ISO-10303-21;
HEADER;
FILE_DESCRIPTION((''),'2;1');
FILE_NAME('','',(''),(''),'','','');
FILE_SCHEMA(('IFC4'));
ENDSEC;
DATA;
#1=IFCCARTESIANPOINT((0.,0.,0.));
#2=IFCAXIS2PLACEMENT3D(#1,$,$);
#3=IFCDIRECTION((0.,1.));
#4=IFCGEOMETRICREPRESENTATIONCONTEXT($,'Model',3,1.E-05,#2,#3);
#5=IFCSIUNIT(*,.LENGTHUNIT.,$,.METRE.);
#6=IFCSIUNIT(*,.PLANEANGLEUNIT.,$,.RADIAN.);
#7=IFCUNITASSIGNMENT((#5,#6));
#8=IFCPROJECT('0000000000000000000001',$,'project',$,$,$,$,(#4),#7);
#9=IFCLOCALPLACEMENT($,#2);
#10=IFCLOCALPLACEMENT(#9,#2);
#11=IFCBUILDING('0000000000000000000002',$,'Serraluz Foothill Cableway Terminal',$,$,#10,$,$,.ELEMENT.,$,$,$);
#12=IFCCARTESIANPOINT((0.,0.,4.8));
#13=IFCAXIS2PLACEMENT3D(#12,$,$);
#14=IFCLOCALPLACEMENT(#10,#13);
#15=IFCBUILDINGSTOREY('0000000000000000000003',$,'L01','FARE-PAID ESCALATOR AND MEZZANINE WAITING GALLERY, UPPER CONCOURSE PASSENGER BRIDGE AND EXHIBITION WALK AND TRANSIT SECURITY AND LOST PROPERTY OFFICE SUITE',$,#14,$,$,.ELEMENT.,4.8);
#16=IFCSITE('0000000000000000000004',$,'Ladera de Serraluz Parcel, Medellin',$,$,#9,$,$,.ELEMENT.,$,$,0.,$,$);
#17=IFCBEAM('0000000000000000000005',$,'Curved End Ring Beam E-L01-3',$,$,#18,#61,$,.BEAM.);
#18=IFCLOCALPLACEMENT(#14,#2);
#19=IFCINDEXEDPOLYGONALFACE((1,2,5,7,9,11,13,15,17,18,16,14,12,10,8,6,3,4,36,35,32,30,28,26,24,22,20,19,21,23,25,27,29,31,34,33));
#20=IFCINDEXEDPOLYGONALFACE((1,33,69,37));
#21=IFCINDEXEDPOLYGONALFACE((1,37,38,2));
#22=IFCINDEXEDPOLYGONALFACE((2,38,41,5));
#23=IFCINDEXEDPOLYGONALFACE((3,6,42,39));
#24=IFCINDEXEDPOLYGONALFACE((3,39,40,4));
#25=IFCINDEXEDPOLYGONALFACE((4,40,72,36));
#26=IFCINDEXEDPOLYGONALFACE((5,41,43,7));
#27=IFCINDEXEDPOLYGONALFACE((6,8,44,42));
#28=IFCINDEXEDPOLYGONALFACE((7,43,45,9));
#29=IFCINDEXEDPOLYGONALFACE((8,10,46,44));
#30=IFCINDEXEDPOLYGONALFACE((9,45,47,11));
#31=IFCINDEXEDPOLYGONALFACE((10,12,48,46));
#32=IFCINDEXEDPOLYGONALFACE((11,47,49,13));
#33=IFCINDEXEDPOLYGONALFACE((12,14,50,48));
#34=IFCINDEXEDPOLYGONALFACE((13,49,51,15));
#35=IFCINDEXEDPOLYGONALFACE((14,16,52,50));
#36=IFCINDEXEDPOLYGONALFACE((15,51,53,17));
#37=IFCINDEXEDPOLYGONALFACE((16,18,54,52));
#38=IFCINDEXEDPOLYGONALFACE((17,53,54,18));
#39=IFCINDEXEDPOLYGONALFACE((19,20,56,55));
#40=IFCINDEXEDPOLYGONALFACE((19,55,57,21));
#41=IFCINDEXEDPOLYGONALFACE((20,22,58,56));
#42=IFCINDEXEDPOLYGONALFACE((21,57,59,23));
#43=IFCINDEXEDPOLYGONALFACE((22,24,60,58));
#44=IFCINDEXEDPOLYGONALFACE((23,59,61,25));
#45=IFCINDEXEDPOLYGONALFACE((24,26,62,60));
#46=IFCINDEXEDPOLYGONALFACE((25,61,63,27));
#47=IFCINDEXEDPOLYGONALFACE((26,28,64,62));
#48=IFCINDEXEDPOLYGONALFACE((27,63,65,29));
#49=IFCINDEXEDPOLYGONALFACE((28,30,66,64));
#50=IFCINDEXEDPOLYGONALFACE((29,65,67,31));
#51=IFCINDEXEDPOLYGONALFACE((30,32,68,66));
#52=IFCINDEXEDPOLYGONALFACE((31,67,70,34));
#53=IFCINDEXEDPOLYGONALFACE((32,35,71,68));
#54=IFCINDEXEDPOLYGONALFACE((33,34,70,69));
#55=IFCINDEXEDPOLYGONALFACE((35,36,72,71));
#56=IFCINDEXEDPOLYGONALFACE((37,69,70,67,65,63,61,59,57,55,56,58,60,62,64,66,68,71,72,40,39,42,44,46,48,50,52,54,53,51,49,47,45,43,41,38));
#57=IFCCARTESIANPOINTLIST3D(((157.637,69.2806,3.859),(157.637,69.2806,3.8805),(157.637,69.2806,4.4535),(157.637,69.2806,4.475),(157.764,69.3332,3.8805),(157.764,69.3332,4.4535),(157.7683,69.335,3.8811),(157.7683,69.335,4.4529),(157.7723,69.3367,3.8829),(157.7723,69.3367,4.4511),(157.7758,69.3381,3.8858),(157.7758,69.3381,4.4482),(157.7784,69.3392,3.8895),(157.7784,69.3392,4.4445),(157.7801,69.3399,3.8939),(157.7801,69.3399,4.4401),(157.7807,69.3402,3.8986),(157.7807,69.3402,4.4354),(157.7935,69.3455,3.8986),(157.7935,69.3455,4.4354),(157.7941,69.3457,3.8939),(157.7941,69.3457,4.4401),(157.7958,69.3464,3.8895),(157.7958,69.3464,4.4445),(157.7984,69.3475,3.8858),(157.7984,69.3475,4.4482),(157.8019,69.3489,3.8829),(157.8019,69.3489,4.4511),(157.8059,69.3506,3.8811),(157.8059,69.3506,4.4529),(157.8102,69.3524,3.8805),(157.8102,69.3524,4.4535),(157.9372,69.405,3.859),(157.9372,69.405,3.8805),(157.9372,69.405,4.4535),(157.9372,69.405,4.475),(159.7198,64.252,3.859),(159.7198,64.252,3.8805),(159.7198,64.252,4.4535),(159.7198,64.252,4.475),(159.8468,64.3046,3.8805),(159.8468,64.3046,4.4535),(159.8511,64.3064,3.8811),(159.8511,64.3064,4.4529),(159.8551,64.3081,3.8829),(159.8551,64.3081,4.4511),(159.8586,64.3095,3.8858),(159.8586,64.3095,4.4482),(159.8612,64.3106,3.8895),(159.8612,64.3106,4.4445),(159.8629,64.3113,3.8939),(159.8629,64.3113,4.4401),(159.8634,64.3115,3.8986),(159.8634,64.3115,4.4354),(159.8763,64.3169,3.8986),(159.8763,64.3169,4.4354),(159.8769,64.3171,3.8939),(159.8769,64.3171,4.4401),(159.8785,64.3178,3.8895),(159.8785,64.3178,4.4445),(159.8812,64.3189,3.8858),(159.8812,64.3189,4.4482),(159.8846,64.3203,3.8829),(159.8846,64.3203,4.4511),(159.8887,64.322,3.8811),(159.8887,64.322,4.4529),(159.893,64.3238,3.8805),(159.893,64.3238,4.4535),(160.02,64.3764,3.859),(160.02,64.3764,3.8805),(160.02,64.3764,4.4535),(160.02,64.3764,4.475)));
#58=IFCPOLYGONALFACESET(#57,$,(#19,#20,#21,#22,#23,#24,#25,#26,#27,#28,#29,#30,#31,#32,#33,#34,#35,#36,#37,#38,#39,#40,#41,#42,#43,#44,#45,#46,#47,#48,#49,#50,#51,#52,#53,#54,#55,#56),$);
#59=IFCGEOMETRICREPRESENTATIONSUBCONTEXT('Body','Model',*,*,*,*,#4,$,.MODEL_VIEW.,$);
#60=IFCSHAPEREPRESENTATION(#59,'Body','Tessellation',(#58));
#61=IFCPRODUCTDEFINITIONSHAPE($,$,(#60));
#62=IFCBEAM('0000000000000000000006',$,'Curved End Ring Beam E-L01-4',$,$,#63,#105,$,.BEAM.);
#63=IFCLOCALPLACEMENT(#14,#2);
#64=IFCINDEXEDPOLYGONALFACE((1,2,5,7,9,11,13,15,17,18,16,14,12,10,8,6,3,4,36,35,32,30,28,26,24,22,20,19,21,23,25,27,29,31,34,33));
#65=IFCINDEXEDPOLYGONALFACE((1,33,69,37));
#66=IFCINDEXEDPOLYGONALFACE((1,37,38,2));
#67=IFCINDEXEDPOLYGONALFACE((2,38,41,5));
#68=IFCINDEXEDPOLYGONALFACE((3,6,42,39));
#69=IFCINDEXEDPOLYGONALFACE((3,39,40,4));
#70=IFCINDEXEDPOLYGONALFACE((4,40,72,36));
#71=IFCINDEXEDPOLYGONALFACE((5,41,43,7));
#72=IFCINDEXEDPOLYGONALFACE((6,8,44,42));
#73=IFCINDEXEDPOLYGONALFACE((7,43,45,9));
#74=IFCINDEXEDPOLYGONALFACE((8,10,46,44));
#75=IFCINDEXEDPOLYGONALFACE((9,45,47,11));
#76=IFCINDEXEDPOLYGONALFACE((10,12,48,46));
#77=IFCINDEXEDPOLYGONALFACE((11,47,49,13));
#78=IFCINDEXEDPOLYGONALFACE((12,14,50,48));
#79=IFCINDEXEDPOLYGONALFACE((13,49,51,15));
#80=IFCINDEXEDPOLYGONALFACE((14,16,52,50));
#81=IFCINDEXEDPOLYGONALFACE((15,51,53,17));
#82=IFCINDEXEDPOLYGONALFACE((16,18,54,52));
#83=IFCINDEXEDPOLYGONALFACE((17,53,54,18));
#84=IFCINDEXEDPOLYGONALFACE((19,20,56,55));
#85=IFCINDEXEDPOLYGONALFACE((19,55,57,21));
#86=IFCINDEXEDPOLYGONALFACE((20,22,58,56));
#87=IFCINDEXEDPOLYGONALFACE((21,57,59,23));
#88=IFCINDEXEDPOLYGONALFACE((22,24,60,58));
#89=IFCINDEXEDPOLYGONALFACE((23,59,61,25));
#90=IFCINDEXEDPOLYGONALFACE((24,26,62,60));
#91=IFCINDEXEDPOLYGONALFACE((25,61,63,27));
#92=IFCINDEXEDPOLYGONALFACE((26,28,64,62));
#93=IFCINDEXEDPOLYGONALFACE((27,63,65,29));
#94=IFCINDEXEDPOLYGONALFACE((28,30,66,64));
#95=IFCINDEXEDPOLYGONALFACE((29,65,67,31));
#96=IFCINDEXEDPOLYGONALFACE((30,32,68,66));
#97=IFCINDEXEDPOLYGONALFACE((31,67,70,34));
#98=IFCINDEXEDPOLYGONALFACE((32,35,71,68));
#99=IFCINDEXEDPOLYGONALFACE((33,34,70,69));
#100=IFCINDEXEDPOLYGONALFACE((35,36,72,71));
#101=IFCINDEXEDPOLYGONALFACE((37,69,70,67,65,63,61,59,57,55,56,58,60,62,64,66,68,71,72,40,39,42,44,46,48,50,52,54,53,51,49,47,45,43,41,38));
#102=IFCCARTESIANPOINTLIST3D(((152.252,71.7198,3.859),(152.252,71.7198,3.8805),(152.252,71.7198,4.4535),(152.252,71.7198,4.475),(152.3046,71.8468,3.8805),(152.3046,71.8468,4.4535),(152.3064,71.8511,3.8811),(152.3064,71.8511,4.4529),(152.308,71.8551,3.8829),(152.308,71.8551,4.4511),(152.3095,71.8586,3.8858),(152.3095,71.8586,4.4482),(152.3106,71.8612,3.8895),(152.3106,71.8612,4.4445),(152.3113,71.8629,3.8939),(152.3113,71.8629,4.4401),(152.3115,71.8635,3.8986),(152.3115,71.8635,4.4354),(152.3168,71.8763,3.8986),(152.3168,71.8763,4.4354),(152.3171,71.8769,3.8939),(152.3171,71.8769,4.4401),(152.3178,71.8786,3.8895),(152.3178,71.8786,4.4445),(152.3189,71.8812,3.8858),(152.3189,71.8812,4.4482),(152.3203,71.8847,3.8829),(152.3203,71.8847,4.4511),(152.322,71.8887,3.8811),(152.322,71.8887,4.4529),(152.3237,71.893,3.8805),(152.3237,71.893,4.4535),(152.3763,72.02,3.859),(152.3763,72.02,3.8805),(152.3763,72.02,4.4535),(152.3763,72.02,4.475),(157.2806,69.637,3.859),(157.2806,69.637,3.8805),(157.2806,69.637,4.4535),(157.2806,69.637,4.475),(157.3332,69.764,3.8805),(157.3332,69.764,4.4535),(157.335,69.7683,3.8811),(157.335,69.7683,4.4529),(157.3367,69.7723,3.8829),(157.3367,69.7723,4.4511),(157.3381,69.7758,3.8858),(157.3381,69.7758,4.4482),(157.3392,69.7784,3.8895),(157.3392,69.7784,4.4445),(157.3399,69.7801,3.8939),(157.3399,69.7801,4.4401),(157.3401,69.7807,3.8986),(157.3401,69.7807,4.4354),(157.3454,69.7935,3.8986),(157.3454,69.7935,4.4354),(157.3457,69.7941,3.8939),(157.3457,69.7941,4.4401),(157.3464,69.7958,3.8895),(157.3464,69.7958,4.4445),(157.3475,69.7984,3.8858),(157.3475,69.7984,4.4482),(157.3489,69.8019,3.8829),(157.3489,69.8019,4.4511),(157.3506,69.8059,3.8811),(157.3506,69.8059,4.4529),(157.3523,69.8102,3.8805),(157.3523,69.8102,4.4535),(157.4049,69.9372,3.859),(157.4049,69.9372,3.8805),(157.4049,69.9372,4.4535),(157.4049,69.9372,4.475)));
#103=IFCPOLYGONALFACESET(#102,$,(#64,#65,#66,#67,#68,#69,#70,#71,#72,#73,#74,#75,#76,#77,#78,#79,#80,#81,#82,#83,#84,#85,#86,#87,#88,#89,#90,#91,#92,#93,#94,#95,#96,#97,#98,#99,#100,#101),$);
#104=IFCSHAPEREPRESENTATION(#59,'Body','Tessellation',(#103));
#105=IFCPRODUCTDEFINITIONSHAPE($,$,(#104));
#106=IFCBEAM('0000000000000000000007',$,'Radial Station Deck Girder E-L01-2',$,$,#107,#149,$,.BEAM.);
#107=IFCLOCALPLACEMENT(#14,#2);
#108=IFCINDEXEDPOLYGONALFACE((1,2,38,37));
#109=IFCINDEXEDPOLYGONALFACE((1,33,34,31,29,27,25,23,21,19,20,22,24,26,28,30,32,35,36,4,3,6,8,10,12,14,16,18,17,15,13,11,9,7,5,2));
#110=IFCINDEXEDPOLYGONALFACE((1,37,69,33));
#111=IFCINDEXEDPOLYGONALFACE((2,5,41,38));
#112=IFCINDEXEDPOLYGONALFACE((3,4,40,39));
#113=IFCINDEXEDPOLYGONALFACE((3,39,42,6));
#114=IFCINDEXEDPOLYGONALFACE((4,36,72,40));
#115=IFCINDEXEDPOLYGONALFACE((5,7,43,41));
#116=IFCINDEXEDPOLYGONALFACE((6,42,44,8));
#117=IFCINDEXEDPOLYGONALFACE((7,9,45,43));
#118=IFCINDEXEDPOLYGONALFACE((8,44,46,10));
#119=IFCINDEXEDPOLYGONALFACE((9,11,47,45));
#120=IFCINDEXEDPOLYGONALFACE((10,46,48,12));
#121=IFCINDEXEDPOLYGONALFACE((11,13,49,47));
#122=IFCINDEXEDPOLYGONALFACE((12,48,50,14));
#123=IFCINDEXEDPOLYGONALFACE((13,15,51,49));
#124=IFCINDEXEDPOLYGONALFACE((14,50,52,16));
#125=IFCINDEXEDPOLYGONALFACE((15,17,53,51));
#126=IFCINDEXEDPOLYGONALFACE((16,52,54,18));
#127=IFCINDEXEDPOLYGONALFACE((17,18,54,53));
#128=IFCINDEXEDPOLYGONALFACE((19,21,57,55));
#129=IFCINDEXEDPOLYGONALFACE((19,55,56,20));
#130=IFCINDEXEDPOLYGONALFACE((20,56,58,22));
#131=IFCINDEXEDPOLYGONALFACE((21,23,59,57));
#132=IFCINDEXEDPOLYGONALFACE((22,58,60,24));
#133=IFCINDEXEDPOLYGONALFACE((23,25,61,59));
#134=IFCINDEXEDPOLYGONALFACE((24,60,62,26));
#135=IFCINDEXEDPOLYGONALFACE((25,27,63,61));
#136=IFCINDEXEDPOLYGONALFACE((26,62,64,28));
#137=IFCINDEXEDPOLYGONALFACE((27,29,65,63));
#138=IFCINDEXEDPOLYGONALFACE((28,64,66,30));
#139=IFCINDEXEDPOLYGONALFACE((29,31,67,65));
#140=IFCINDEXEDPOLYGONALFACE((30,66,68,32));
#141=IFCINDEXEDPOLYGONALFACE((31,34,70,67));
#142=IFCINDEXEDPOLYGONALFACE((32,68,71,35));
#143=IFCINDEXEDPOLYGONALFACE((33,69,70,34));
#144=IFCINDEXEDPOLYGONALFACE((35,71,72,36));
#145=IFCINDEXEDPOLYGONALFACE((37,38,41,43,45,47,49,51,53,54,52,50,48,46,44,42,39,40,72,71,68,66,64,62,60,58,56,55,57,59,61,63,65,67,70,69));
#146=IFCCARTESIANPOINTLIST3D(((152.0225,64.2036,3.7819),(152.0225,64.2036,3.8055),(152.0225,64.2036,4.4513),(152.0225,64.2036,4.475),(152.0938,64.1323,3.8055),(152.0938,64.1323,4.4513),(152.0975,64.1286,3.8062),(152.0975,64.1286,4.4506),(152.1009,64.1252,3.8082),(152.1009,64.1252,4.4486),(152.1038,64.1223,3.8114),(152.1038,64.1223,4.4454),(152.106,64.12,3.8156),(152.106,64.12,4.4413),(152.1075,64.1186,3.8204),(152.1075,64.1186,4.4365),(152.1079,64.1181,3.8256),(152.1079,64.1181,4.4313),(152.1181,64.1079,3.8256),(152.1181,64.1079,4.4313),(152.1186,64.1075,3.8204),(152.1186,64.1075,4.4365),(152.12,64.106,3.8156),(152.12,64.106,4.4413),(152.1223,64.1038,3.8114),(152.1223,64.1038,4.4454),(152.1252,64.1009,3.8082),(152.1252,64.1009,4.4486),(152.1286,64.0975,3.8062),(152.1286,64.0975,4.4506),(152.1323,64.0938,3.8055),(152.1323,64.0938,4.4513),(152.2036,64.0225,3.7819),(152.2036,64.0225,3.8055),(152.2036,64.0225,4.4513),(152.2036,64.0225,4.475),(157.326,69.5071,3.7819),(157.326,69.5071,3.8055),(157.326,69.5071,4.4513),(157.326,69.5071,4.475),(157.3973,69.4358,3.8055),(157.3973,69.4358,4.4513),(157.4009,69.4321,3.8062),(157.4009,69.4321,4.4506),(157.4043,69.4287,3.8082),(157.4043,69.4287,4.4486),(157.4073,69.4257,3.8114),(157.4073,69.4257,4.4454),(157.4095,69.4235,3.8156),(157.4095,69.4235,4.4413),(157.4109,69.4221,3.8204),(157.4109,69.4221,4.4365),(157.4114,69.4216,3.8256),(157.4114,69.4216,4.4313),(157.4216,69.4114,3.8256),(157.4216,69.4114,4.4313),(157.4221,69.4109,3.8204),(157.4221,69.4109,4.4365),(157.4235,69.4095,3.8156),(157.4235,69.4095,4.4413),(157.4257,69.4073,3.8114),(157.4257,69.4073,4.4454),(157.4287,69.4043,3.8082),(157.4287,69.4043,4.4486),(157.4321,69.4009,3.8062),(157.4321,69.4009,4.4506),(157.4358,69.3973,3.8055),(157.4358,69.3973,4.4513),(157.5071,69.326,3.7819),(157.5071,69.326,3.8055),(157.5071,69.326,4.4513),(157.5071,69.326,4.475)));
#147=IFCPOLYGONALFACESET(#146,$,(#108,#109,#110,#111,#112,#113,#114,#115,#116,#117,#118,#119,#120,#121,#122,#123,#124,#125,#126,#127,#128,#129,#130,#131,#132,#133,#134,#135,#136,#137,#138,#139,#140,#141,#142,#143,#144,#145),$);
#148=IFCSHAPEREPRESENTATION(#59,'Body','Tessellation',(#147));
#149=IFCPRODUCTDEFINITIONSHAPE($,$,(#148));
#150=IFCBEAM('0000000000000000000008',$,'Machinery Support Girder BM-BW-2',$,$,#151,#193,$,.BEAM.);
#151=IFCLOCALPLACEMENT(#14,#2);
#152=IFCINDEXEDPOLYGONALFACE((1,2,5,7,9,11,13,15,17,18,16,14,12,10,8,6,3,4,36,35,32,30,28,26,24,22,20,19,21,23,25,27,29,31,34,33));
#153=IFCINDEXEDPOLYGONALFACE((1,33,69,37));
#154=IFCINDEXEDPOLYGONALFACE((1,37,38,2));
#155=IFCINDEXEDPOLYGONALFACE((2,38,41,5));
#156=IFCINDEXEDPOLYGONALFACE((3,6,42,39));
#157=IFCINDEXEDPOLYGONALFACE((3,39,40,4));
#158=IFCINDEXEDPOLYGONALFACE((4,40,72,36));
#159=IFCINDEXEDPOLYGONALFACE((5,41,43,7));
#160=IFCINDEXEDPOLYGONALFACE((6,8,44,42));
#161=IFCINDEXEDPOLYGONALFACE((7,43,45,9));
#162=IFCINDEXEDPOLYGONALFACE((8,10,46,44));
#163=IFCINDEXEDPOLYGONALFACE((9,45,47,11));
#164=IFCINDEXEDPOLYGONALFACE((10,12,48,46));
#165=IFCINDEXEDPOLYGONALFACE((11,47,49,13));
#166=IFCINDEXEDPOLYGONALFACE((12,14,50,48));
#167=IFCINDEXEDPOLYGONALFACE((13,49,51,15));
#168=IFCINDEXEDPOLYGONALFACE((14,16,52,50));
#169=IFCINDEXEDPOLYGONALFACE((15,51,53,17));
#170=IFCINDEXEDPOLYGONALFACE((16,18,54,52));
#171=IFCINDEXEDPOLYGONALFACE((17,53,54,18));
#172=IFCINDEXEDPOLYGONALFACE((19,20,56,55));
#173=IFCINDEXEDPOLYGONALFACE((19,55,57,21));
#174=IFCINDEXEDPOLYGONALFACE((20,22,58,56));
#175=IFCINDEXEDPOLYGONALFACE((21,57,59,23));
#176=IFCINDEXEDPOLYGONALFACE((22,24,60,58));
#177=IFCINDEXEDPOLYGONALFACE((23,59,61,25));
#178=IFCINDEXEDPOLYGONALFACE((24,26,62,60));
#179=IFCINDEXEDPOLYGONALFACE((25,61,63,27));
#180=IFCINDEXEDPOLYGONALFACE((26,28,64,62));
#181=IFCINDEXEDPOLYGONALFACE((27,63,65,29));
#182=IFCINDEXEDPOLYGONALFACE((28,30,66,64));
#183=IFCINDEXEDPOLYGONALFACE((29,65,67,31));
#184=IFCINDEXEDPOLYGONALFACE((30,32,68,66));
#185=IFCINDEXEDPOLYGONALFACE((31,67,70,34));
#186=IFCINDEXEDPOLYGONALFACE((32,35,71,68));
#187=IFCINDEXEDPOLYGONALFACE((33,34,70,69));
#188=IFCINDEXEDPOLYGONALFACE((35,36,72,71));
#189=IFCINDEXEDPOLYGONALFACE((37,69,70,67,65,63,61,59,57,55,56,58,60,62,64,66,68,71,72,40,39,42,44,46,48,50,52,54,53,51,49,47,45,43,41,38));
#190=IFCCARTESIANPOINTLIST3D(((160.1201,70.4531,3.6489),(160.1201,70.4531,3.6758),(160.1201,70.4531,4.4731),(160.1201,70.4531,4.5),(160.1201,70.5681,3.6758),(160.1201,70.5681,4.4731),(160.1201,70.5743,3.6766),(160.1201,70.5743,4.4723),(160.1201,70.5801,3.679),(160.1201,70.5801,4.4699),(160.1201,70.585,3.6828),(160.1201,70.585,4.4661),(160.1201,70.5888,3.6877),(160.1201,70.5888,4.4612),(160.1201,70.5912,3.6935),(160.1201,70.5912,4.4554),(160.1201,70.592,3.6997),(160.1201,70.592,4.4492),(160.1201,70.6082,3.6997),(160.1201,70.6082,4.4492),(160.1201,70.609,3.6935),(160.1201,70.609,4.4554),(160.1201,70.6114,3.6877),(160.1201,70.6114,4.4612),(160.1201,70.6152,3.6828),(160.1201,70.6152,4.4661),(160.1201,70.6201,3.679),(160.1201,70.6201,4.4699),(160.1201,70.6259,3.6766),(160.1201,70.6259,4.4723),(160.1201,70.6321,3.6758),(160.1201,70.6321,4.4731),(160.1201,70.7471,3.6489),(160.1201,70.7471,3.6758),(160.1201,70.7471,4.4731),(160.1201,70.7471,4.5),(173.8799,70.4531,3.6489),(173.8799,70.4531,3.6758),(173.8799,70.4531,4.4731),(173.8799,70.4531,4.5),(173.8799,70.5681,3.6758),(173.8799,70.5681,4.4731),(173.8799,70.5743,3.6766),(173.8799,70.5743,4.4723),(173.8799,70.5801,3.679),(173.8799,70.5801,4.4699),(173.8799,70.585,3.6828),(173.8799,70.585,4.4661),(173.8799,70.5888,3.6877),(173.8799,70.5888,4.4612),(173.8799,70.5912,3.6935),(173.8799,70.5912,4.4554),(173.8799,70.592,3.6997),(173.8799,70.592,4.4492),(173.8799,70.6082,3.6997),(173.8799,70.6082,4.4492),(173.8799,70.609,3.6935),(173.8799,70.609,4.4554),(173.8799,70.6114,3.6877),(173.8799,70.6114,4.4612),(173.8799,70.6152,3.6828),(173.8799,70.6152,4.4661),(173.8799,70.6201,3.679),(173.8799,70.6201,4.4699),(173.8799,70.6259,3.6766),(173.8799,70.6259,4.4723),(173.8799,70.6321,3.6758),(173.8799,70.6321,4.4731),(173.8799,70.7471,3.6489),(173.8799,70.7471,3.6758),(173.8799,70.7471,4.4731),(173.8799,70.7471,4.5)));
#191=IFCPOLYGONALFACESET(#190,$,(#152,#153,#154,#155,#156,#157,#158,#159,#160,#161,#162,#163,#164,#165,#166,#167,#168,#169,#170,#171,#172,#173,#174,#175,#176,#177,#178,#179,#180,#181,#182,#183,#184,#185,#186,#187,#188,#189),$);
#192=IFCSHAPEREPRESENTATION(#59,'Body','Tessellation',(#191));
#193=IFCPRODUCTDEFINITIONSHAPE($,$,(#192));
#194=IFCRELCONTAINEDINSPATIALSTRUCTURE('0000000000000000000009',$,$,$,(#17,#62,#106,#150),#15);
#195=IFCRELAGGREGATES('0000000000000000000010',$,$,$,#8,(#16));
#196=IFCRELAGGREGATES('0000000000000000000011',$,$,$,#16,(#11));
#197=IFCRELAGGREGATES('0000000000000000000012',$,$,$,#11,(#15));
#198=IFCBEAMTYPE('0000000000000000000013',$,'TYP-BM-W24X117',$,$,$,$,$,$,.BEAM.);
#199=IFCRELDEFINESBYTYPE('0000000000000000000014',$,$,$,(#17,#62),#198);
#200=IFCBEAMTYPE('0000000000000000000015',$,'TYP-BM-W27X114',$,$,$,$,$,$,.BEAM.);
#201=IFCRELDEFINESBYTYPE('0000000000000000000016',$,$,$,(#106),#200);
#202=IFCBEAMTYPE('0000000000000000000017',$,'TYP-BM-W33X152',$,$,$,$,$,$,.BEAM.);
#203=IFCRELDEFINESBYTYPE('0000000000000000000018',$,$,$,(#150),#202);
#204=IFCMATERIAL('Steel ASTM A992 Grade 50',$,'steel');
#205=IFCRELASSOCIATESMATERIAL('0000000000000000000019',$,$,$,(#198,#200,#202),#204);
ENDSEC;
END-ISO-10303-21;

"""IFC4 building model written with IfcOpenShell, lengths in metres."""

from ifc_helpers import new_model, si_unit, direction, frame, origin, origin_2d, place, context, subcontext, project, spatial, i_section, extrude, material, material_profile, profile_set, type_object, element, save


model = new_model("IFC4")

# Units and contexts
model_context = context("Model", 3, precision=1e-05, world=origin(), true_north=direction((0.0, 1.0)))
body_context = subcontext(model_context, "Body", "Model", "MODEL_VIEW")
ifc_project = project(units=[si_unit("LENGTHUNIT", "METRE"), si_unit("PLANEANGLEUNIT", "RADIAN")], contexts=[model_context])

# Site, building, storey
site_placement = place(None, origin())
site = spatial("IfcSite", under=ifc_project, at=site_placement, Name="Ladera de Serraluz Parcel, Medellin", CompositionType="ELEMENT", RefElevation=0.0)
building_placement = place(site_placement, origin())
building = spatial("IfcBuilding", under=site, at=building_placement, Name="Serraluz Foothill Cableway Terminal", CompositionType="ELEMENT")
storey_placement = place(building_placement, frame((0.0, 0.0, 4.8)))
storey = spatial("IfcBuildingStorey", under=building, at=storey_placement, Name="L01", Description="FARE-PAID ESCALATOR AND MEZZANINE WAITING GALLERY, UPPER CONCOURSE PASSENGER BRIDGE AND EXHIBITION WALK AND TRANSIT SECURITY AND LOST PROPERTY OFFICE SUITE", CompositionType="ELEMENT", Elevation=4.8)

# Beams
ifc_material_1 = material(Name="Steel ASTM A992 Grade 50", Category="steel")
ifc_material_profile_1 = material_profile(ifc_material_1, i_section(OverallWidth=0.325, OverallDepth=0.616, WebThickness=0.0139, FlangeThickness=0.0215, FilletRadius=0.0181, at=origin_2d()), Name="W24X117")
ifc_profile_set_1 = profile_set([ifc_material_profile_1], Name="Steel ASTM A992 Grade 50")
beam_type_1 = type_object("IfcBeamType", Name="TYP-BM-W24X117", PredefinedType="BEAM", material=ifc_profile_set_1)
for number, where, z_axis, x_axis, name in (
    (1, (159.8699, 64.3142, 4.167), (-0.382662, 0.923888, 0.0), (-0.923888, -0.382662, 0.0), "Curved End Ring Beam E-L01-3"),
    (2, (157.3428, 69.7871, 4.167), (-0.923888, 0.382662, 0.0), (-0.382662, -0.923888, 0.0), "Curved End Ring Beam E-L01-4"),
):
    element("IfcBeam", number, at=place(storey_placement, frame(where, z_axis=z_axis, x_axis=x_axis)), inside=storey, type_object=beam_type_1, Name=name, PredefinedType="BEAM", context=body_context, shape_type="SweptSolid", body=[
        extrude(i_section(OverallWidth=0.325, OverallDepth=0.616, WebThickness=0.0139, FlangeThickness=0.0215, FilletRadius=0.0181, at=origin_2d()), origin(), (0.0, 0.0, 1.0), 5.4429),
    ])
ifc_material_profile_2 = material_profile(ifc_material_1, i_section(OverallWidth=0.2561, OverallDepth=0.6931, WebThickness=0.0144, FlangeThickness=0.0237, FilletRadius=0.02, at=origin_2d()), Name="W27X114")
ifc_profile_set_2 = profile_set([ifc_material_profile_2], Name="Steel ASTM A992 Grade 50")
beam_type_2 = type_object("IfcBeamType", Name="TYP-BM-W27X114", PredefinedType="BEAM", material=ifc_profile_set_2)
beam_1_placement = place(storey_placement, frame((152.113, 64.113, 4.1284), z_axis=(0.707107, 0.707107, 0.0), x_axis=(-0.707107, 0.707107, 0.0)))
element("IfcBeam", 3, at=beam_1_placement, inside=storey, type_object=beam_type_2, Name="Radial Station Deck Girder E-L01-2", PredefinedType="BEAM", context=body_context, shape_type="SweptSolid", body=[
    extrude(i_section(OverallWidth=0.2561, OverallDepth=0.6931, WebThickness=0.0144, FlangeThickness=0.0237, FilletRadius=0.02, at=origin_2d()), origin(), (0.0, 0.0, 1.0), 7.5002),
])
ifc_material_profile_3 = material_profile(ifc_material_1, i_section(OverallWidth=0.2939, OverallDepth=0.8511, WebThickness=0.0161, FlangeThickness=0.0269, FilletRadius=0.0239, at=origin_2d()), Name="W33X152")
ifc_profile_set_3 = profile_set([ifc_material_profile_3], Name="Steel ASTM A992 Grade 50")
beam_type_3 = type_object("IfcBeamType", Name="TYP-BM-W33X152", PredefinedType="BEAM", material=ifc_profile_set_3)
beam_2_placement = place(storey_placement, frame((160.1201, 70.6001, 4.0745), z_axis=(1.0, 0.0, 0.0), x_axis=(0.0, 1.0, 0.0)))
element("IfcBeam", 4, at=beam_2_placement, inside=storey, type_object=beam_type_3, Name="Machinery Support Girder BM-BW-2", PredefinedType="BEAM", context=body_context, shape_type="SweptSolid", body=[
    extrude(i_section(OverallWidth=0.2939, OverallDepth=0.8511, WebThickness=0.0161, FlangeThickness=0.0269, FilletRadius=0.0239, at=origin_2d()), origin(), (0.0, 0.0, 1.0), 13.7598),
])

save(model, "model.ifc")
